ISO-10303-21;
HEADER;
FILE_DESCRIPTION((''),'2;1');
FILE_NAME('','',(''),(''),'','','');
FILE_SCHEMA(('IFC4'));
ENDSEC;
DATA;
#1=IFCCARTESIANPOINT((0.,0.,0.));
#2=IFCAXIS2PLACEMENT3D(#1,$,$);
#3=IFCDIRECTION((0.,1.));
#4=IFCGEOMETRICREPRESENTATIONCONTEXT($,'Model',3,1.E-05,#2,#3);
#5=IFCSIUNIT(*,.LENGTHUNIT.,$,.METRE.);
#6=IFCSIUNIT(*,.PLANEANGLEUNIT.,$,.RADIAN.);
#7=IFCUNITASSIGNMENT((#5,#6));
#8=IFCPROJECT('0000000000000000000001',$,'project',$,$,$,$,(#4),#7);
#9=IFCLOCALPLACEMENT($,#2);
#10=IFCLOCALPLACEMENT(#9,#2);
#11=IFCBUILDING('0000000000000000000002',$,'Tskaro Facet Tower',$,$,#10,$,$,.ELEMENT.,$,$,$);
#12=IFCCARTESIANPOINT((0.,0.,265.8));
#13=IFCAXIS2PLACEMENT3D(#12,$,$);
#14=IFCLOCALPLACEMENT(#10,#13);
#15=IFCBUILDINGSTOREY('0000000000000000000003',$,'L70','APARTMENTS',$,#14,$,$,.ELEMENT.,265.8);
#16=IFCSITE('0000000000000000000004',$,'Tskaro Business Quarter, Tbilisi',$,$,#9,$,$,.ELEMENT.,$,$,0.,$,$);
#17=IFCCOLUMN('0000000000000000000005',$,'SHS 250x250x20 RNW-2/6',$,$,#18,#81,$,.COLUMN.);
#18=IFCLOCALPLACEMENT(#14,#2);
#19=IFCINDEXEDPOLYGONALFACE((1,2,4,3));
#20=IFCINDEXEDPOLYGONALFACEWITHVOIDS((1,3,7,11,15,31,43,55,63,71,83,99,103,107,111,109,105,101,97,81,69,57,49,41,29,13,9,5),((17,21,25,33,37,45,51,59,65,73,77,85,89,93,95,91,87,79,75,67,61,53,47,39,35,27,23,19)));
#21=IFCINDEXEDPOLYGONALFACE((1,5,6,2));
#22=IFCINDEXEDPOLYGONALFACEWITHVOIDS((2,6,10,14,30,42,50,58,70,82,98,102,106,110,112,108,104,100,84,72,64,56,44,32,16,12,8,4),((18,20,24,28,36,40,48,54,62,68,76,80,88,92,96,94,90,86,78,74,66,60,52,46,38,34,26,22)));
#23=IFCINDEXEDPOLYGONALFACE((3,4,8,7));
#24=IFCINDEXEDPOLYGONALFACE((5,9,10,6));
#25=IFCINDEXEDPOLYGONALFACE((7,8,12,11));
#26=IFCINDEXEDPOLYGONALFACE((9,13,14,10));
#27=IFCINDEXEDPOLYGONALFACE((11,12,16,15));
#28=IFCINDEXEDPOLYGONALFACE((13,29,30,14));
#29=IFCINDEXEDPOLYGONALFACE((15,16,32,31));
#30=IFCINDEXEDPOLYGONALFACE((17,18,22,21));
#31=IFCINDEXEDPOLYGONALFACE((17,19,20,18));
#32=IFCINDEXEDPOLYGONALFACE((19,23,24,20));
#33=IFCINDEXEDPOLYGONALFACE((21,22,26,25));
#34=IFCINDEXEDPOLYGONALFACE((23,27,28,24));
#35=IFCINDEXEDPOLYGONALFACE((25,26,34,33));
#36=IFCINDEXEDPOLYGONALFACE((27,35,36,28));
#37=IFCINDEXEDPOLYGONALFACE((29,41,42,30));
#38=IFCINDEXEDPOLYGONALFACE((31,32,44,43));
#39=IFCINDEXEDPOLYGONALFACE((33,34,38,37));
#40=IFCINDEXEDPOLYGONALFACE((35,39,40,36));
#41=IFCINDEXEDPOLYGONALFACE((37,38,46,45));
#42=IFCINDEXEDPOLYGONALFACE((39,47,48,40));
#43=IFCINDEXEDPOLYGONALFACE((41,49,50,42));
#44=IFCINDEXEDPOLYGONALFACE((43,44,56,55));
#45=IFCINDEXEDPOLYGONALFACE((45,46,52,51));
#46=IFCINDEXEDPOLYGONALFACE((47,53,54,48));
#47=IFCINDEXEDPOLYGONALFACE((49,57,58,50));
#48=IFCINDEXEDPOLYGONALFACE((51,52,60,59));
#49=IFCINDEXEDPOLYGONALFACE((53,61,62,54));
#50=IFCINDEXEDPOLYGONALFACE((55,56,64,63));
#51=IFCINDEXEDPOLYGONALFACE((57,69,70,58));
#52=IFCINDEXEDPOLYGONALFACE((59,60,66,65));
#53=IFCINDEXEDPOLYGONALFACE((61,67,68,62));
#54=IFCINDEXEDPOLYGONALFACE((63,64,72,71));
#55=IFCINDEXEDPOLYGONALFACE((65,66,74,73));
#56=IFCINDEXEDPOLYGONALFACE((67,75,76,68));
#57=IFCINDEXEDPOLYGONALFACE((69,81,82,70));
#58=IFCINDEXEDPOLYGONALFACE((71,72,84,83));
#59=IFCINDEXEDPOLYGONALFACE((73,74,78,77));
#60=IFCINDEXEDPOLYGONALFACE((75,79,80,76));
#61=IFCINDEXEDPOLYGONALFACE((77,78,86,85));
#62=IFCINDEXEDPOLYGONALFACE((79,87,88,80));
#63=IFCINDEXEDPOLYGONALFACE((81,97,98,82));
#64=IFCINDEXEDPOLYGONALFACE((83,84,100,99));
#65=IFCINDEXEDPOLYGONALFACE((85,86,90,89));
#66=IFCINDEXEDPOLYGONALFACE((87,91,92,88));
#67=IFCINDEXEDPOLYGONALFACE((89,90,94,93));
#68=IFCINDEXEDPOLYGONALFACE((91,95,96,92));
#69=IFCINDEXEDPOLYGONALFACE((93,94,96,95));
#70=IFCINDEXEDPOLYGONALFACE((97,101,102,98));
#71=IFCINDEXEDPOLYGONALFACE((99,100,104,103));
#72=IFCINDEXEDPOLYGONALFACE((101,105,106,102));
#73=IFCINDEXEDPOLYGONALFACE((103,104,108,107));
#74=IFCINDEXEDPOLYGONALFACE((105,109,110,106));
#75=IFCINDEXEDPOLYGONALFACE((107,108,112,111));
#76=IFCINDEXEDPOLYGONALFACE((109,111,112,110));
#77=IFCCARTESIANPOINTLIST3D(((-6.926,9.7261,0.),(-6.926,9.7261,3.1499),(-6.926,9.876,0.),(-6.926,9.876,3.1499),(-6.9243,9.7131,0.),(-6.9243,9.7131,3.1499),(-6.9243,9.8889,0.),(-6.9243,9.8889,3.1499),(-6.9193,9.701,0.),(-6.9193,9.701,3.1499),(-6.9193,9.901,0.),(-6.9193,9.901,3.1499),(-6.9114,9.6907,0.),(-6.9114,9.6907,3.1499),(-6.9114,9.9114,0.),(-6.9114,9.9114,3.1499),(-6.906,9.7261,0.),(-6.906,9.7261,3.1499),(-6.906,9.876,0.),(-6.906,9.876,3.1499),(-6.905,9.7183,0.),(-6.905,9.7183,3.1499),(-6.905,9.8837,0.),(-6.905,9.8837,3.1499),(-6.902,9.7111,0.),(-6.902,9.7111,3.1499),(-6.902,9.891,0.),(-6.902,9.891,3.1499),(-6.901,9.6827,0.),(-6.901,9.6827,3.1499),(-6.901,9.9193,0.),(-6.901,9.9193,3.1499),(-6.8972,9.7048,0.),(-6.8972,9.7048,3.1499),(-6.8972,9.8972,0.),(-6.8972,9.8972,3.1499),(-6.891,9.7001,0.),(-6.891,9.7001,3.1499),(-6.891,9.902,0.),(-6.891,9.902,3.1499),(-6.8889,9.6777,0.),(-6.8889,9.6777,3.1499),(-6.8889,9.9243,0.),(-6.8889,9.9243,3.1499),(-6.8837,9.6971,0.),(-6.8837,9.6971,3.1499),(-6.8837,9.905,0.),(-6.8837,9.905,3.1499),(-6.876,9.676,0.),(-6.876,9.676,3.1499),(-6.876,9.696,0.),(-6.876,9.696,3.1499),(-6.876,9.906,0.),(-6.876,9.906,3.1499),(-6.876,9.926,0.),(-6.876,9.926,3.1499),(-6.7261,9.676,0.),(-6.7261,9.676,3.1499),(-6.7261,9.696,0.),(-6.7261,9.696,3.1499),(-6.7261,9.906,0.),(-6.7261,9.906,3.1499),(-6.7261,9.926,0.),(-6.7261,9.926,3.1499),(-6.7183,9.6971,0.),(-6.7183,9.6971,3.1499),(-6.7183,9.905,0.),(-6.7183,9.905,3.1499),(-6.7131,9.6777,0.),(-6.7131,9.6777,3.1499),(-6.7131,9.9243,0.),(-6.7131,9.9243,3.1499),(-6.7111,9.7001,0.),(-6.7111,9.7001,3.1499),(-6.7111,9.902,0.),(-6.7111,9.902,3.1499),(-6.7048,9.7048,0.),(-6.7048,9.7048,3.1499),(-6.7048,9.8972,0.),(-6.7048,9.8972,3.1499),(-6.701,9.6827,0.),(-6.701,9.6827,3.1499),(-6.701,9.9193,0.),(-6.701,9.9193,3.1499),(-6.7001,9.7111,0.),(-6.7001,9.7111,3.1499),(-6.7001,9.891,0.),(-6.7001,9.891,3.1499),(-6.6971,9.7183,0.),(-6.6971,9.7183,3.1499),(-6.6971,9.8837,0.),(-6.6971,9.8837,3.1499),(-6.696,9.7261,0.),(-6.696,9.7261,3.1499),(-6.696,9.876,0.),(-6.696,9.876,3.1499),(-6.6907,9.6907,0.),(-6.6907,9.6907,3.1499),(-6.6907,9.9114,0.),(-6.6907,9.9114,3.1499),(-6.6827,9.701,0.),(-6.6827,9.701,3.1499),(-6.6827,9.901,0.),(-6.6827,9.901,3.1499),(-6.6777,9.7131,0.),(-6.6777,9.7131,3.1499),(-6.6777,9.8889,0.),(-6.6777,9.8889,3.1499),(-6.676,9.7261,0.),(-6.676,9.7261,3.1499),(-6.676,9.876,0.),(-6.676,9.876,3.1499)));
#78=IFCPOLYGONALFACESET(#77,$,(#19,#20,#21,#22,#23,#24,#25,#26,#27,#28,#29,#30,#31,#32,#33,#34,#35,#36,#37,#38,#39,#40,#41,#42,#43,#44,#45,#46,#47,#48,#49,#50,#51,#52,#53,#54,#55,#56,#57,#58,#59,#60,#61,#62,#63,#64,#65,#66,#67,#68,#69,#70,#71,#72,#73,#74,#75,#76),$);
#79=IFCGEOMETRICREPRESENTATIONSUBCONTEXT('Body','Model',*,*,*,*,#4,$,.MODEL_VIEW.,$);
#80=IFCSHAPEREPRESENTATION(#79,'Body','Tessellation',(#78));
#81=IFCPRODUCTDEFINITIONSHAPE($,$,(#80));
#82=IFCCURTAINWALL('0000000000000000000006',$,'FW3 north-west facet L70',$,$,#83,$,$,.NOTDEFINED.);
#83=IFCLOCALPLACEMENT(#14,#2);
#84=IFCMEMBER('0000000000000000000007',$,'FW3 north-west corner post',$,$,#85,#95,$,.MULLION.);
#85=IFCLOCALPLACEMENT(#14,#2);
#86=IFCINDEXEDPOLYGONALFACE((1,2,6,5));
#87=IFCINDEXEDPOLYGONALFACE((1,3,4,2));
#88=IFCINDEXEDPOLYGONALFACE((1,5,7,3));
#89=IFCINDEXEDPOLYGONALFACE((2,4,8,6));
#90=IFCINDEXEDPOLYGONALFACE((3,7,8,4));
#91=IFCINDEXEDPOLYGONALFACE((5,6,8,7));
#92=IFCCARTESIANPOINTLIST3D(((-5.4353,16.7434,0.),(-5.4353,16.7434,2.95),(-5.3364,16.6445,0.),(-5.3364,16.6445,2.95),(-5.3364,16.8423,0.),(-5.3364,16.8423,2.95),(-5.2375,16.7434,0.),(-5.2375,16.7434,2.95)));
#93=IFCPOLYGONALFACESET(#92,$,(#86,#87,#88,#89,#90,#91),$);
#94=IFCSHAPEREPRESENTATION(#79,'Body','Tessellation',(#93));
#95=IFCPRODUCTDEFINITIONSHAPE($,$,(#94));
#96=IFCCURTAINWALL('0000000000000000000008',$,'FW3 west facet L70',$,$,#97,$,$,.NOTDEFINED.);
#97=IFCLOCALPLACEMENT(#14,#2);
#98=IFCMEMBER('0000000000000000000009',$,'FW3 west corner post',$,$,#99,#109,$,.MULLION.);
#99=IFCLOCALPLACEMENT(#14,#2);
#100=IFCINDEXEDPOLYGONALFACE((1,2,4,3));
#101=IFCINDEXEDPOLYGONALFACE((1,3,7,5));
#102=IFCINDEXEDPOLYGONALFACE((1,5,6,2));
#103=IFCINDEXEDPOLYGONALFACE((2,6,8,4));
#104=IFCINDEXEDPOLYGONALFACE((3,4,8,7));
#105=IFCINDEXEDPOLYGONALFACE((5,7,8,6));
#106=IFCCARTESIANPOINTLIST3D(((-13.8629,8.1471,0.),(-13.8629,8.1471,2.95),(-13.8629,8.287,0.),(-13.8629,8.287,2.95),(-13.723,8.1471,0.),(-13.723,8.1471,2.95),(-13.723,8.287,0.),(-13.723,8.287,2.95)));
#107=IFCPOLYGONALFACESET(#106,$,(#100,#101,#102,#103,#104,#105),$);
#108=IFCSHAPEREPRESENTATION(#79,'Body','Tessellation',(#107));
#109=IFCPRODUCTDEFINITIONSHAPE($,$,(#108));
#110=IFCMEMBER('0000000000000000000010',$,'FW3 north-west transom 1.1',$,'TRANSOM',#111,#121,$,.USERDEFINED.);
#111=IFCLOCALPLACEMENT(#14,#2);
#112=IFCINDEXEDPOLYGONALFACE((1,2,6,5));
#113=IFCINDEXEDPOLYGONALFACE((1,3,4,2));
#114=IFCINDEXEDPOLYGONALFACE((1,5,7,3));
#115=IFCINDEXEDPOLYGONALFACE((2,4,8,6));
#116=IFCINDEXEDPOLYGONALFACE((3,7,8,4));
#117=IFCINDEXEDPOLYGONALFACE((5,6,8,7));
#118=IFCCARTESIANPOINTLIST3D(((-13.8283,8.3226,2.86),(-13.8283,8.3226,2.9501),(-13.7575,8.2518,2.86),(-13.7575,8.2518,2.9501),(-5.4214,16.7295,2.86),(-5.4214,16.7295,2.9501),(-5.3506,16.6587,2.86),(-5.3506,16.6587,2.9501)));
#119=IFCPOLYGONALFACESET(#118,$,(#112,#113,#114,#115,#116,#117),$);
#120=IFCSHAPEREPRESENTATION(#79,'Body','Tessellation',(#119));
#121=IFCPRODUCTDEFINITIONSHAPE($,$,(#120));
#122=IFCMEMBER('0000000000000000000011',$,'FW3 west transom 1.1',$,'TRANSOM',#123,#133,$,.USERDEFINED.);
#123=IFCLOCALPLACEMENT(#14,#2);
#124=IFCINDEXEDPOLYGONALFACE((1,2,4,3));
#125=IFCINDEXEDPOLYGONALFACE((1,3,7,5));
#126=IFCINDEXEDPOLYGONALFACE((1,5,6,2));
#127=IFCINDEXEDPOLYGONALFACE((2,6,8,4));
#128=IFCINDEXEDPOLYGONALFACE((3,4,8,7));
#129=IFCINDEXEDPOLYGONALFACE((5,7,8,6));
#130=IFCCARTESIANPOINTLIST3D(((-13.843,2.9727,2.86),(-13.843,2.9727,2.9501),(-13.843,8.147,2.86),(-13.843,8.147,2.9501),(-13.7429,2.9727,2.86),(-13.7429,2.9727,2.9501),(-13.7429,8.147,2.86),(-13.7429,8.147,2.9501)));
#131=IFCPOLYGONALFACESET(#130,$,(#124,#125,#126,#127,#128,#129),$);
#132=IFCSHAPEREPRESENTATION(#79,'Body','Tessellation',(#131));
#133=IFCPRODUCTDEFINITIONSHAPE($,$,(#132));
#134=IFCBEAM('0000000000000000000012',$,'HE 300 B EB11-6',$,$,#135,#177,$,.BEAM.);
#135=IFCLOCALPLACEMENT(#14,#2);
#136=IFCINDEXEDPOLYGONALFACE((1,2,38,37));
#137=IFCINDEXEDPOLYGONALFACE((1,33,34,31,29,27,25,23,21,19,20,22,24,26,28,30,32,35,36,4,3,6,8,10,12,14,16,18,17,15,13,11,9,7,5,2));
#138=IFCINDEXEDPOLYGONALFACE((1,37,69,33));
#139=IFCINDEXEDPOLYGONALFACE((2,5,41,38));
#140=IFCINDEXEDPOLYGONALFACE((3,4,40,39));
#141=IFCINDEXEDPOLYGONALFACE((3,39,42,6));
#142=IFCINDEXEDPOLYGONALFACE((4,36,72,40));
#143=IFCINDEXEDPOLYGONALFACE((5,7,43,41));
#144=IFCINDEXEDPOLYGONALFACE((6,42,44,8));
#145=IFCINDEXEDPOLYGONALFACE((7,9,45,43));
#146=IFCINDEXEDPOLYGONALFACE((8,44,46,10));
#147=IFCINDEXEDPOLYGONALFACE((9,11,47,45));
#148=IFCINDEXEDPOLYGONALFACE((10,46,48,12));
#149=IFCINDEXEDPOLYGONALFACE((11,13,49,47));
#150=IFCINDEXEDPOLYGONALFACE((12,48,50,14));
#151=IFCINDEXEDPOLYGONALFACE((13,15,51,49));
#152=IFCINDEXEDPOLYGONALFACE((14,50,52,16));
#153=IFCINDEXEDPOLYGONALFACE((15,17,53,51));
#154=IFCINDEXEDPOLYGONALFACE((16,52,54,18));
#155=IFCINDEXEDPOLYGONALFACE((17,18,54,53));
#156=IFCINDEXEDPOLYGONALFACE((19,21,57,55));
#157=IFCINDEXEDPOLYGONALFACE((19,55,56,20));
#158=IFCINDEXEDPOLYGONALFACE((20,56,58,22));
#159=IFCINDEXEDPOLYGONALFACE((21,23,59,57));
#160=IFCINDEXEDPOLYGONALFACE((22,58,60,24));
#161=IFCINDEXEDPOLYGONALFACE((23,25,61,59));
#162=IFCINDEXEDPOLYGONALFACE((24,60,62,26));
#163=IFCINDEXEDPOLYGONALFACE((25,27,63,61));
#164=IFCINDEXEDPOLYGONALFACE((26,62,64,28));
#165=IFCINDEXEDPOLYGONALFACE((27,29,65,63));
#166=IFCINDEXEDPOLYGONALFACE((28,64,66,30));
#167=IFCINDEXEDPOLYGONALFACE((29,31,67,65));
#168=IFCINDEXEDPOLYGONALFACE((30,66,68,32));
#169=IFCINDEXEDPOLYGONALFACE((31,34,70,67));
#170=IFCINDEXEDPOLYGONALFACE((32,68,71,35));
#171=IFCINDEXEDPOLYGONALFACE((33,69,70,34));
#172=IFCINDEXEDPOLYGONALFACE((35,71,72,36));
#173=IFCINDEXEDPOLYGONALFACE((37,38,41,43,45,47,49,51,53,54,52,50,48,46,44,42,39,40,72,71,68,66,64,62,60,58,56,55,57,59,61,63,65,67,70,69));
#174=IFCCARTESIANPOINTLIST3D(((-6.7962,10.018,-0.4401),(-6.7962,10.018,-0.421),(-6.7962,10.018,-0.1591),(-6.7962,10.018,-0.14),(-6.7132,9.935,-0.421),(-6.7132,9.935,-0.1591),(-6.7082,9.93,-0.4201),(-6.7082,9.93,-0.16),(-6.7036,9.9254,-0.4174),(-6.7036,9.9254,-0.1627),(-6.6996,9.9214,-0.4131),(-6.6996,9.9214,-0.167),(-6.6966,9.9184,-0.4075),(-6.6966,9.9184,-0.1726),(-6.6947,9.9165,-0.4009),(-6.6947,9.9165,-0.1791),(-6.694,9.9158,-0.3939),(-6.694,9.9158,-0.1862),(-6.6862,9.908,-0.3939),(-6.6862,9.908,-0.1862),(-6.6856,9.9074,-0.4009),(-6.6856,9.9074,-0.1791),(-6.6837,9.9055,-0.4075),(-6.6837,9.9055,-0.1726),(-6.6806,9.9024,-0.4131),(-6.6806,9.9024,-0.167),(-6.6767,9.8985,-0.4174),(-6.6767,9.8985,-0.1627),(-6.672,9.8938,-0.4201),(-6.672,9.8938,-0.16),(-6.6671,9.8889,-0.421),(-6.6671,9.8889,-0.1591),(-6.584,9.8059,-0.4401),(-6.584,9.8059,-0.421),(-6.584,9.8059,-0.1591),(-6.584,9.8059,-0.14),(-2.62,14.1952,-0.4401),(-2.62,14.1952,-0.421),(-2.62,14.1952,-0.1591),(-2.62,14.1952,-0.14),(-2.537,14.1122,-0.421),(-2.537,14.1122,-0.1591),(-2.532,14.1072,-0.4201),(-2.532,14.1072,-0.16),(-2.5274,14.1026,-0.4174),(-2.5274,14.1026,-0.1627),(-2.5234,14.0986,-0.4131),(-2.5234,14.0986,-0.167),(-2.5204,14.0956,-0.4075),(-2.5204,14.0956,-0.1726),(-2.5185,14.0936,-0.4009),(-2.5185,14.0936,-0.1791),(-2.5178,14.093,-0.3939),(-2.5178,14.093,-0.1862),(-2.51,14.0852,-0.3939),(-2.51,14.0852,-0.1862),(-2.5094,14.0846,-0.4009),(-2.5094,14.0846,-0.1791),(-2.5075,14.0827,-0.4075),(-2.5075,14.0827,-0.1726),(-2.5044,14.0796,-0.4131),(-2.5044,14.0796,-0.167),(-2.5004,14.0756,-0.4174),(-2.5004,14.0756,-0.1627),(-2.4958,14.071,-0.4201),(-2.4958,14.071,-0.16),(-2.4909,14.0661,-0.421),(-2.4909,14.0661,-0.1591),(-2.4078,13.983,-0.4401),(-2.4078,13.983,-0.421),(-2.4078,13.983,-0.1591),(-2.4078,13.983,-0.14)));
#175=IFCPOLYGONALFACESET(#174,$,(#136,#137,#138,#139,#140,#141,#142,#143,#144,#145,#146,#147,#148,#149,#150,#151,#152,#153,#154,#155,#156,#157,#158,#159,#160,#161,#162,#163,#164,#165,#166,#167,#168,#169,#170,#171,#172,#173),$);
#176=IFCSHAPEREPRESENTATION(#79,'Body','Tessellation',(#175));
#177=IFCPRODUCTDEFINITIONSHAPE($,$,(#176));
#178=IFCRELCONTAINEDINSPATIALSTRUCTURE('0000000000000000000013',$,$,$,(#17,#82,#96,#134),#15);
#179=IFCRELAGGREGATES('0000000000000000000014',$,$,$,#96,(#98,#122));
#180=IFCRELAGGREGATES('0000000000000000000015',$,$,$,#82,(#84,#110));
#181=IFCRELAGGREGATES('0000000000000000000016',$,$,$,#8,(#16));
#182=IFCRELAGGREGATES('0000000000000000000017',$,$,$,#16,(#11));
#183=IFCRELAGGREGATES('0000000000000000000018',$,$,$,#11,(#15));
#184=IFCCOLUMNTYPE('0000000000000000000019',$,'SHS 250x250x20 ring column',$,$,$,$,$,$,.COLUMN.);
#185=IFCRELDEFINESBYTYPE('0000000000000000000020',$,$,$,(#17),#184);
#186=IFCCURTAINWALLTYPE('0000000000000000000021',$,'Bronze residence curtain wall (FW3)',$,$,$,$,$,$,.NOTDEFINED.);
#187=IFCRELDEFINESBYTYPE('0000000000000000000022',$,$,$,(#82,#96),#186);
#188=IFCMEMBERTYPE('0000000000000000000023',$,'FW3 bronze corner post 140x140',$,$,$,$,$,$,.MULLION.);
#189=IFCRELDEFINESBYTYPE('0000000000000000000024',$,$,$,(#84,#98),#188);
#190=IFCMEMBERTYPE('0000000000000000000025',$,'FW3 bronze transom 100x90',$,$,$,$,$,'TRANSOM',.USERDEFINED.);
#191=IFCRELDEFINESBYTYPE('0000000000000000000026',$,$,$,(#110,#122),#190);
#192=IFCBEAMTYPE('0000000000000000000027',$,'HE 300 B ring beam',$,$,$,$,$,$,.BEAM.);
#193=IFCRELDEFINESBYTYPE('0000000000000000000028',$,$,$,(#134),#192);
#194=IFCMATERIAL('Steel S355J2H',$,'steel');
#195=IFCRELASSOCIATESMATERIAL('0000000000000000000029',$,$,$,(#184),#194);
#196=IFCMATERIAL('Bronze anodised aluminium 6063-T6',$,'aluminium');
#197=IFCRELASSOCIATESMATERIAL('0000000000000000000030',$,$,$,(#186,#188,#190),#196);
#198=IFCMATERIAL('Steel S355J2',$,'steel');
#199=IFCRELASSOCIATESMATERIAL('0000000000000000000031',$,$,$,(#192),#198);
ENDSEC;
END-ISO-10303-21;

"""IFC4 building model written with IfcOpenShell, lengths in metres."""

from ifc_helpers import new_model, si_unit, direction, frame, origin, origin_2d, place, context, subcontext, project, spatial, rectangle, hollow_rectangle, i_section, extrude, material, material_profile, profile_set, type_object, element, aggregate, save


model = new_model("IFC4")

# Units and contexts
model_context = context("Model", 3, precision=1e-05, world=origin(), true_north=direction((0.0, 1.0)))
body_context = subcontext(model_context, "Body", "Model", "MODEL_VIEW")
ifc_project = project(units=[si_unit("LENGTHUNIT", "METRE"), si_unit("PLANEANGLEUNIT", "RADIAN")], contexts=[model_context])

# Site, building, storey
site_placement = place(None, origin())
site = spatial("IfcSite", under=ifc_project, at=site_placement, Name="Tskaro Business Quarter, Tbilisi", CompositionType="ELEMENT", RefElevation=0.0)
building_placement = place(site_placement, origin())
building = spatial("IfcBuilding", under=site, at=building_placement, Name="Tskaro Facet Tower", CompositionType="ELEMENT")
storey_placement = place(building_placement, frame((0.0, 0.0, 265.8)))
storey = spatial("IfcBuildingStorey", under=building, at=storey_placement, Name="L70", Description="APARTMENTS", CompositionType="ELEMENT", Elevation=265.8)

# Column
ifc_material_1 = material(Name="Steel S355J2", Category="steel")
ifc_material_2 = material(Name="Steel S355J2H", Category="steel")
ifc_material_profile_1 = material_profile(ifc_material_2, hollow_rectangle(XDim=0.25, YDim=0.25, WallThickness=0.02, InnerFilletRadius=0.03, OuterFilletRadius=0.05, at=origin_2d()), Name="SHS 250x250x20")
ifc_profile_set_1 = profile_set([ifc_material_profile_1], Name="Steel S355J2H")
column_type_1 = type_object("IfcColumnType", Name="SHS 250x250x20 ring column", PredefinedType="COLUMN", material=ifc_profile_set_1)
for number, where, z_axis, x_axis, name in (
    (1, (-6.801, 9.801, 0.0), (0.0, 0.0, 1.0), (1.0, 0.0, 0.0), "SHS 250x250x20 RNW-2/6"),
):
    element("IfcColumn", number, at=place(storey_placement, frame(where, z_axis=z_axis, x_axis=x_axis)), inside=storey, type_object=column_type_1, Name=name, PredefinedType="COLUMN", context=body_context, shape_type="SweptSolid", body=[
        extrude(hollow_rectangle(XDim=0.25, YDim=0.25, WallThickness=0.02, InnerFilletRadius=0.03, OuterFilletRadius=0.05, at=origin_2d()), origin(), (0.0, 0.0, 1.0), 3.1499),
    ])

# Curtain walls, members
ifc_material_3 = material(Name="Bronze anodised aluminium 6063-T6", Category="aluminium")
curtain_wall_type = type_object("IfcCurtainWallType", Name="Bronze residence curtain wall (FW3)", PredefinedType="NOTDEFINED", material=ifc_material_3)
curtain_wall_1_placement = place(storey_placement, origin())
curtain_wall_1 = element("IfcCurtainWall", 2, at=curtain_wall_1_placement, inside=storey, type_object=curtain_wall_type, Name="FW3 north-west facet L70", PredefinedType="NOTDEFINED")
ifc_material_profile_2 = material_profile(ifc_material_3, rectangle(XDim=0.1399, YDim=0.1399, at=origin_2d()), Name="Corner post 140x140")
ifc_profile_set_2 = profile_set([ifc_material_profile_2], Name="Bronze anodised aluminium 6063-T6")
member_type_1 = type_object("IfcMemberType", Name="FW3 bronze corner post 140x140", PredefinedType="MULLION", material=ifc_profile_set_2)
member_1_placement = place(storey_placement, frame((-5.3364, 16.7434, 0.0), z_axis=(0.0, 0.0, 1.0), x_axis=(-0.707107, -0.707107, 0.0)))
member_1 = element("IfcMember", 3, at=member_1_placement, type_object=member_type_1, Name="FW3 north-west corner post", PredefinedType="MULLION", context=body_context, shape_type="SweptSolid", body=[
    extrude(rectangle(XDim=0.1399, YDim=0.1399, at=origin_2d()), origin(), (0.0, 0.0, 1.0), 2.95),
])
curtain_wall_2_placement = place(storey_placement, origin())
curtain_wall_2 = element("IfcCurtainWall", 4, at=curtain_wall_2_placement, inside=storey, type_object=curtain_wall_type, Name="FW3 west facet L70", PredefinedType="NOTDEFINED")
member_2_placement = place(storey_placement, frame((-13.793, 8.217, 0.0), z_axis=(0.0, 0.0, 1.0), x_axis=(0.0, -1.0, 0.0)))
member_2 = element("IfcMember", 5, at=member_2_placement, type_object=member_type_1, Name="FW3 west corner post", PredefinedType="MULLION", context=body_context, shape_type="SweptSolid", body=[
    extrude(rectangle(XDim=0.1399, YDim=0.1399, at=origin_2d()), origin(), (0.0, 0.0, 1.0), 2.95),
])

# Members
ifc_material_profile_3 = material_profile(ifc_material_3, rectangle(XDim=0.1001, YDim=0.0901, at=origin_2d()), Name="Transom 100x90")
ifc_profile_set_3 = profile_set([ifc_material_profile_3], Name="Bronze anodised aluminium 6063-T6")
member_type_2 = type_object("IfcMemberType", Name="FW3 bronze transom 100x90", ElementType="TRANSOM", PredefinedType="USERDEFINED", material=ifc_profile_set_3)
member_3_placement = place(storey_placement, frame((-5.386, 16.6941, 2.905), z_axis=(-0.707107, -0.707107, 0.0), x_axis=(0.707107, -0.707107, 0.0)))
member_3 = element("IfcMember", 6, at=member_3_placement, type_object=member_type_2, Name="FW3 north-west transom 1.1", ObjectType="TRANSOM", PredefinedType="USERDEFINED", context=body_context, shape_type="SweptSolid", body=[
    extrude(rectangle(XDim=0.1001, YDim=0.0901, at=origin_2d()), origin(), (0.0, 0.0, 1.0), 11.8892),
])
member_4_placement = place(storey_placement, frame((-13.793, 8.147, 2.905), z_axis=(0.0, -1.0, 0.0), x_axis=(1.0, 0.0, 0.0)))
member_4 = element("IfcMember", 7, at=member_4_placement, type_object=member_type_2, Name="FW3 west transom 1.1", ObjectType="TRANSOM", PredefinedType="USERDEFINED", context=body_context, shape_type="SweptSolid", body=[
    extrude(rectangle(XDim=0.1001, YDim=0.0901, at=origin_2d()), origin(), (0.0, 0.0, 1.0), 5.1743),
])
aggregate(curtain_wall_2, [member_2, member_4])

# Beam
ifc_material_profile_4 = material_profile(ifc_material_1, i_section(OverallWidth=0.3, OverallDepth=0.3, WebThickness=0.011, FlangeThickness=0.019, FilletRadius=0.0271, at=origin_2d()), Name="HE 300 B")
ifc_profile_set_4 = profile_set([ifc_material_profile_4], Name="Steel S355J2")
beam_type_1 = type_object("IfcBeamType", Name="HE 300 B ring beam", PredefinedType="BEAM", material=ifc_profile_set_4)
for number, where, z_axis, x_axis, name in (
    (8, (-2.5139, 14.0891, -0.29), (-0.707024, -0.707189, 0.0), (0.707189, -0.707024, 0.0), "HE 300 B EB11-6"),
):
    element("IfcBeam", number, at=place(storey_placement, frame(where, z_axis=z_axis, x_axis=x_axis)), inside=storey, type_object=beam_type_1, Name=name, PredefinedType="BEAM", context=body_context, shape_type="SweptSolid", body=[
        extrude(i_section(OverallWidth=0.3, OverallDepth=0.3, WebThickness=0.011, FlangeThickness=0.019, FilletRadius=0.0271, at=origin_2d()), origin(), (0.0, 0.0, 1.0), 5.9067),
    ])

aggregate(curtain_wall_1, [member_1, member_3])

save(model, "model.ifc")
